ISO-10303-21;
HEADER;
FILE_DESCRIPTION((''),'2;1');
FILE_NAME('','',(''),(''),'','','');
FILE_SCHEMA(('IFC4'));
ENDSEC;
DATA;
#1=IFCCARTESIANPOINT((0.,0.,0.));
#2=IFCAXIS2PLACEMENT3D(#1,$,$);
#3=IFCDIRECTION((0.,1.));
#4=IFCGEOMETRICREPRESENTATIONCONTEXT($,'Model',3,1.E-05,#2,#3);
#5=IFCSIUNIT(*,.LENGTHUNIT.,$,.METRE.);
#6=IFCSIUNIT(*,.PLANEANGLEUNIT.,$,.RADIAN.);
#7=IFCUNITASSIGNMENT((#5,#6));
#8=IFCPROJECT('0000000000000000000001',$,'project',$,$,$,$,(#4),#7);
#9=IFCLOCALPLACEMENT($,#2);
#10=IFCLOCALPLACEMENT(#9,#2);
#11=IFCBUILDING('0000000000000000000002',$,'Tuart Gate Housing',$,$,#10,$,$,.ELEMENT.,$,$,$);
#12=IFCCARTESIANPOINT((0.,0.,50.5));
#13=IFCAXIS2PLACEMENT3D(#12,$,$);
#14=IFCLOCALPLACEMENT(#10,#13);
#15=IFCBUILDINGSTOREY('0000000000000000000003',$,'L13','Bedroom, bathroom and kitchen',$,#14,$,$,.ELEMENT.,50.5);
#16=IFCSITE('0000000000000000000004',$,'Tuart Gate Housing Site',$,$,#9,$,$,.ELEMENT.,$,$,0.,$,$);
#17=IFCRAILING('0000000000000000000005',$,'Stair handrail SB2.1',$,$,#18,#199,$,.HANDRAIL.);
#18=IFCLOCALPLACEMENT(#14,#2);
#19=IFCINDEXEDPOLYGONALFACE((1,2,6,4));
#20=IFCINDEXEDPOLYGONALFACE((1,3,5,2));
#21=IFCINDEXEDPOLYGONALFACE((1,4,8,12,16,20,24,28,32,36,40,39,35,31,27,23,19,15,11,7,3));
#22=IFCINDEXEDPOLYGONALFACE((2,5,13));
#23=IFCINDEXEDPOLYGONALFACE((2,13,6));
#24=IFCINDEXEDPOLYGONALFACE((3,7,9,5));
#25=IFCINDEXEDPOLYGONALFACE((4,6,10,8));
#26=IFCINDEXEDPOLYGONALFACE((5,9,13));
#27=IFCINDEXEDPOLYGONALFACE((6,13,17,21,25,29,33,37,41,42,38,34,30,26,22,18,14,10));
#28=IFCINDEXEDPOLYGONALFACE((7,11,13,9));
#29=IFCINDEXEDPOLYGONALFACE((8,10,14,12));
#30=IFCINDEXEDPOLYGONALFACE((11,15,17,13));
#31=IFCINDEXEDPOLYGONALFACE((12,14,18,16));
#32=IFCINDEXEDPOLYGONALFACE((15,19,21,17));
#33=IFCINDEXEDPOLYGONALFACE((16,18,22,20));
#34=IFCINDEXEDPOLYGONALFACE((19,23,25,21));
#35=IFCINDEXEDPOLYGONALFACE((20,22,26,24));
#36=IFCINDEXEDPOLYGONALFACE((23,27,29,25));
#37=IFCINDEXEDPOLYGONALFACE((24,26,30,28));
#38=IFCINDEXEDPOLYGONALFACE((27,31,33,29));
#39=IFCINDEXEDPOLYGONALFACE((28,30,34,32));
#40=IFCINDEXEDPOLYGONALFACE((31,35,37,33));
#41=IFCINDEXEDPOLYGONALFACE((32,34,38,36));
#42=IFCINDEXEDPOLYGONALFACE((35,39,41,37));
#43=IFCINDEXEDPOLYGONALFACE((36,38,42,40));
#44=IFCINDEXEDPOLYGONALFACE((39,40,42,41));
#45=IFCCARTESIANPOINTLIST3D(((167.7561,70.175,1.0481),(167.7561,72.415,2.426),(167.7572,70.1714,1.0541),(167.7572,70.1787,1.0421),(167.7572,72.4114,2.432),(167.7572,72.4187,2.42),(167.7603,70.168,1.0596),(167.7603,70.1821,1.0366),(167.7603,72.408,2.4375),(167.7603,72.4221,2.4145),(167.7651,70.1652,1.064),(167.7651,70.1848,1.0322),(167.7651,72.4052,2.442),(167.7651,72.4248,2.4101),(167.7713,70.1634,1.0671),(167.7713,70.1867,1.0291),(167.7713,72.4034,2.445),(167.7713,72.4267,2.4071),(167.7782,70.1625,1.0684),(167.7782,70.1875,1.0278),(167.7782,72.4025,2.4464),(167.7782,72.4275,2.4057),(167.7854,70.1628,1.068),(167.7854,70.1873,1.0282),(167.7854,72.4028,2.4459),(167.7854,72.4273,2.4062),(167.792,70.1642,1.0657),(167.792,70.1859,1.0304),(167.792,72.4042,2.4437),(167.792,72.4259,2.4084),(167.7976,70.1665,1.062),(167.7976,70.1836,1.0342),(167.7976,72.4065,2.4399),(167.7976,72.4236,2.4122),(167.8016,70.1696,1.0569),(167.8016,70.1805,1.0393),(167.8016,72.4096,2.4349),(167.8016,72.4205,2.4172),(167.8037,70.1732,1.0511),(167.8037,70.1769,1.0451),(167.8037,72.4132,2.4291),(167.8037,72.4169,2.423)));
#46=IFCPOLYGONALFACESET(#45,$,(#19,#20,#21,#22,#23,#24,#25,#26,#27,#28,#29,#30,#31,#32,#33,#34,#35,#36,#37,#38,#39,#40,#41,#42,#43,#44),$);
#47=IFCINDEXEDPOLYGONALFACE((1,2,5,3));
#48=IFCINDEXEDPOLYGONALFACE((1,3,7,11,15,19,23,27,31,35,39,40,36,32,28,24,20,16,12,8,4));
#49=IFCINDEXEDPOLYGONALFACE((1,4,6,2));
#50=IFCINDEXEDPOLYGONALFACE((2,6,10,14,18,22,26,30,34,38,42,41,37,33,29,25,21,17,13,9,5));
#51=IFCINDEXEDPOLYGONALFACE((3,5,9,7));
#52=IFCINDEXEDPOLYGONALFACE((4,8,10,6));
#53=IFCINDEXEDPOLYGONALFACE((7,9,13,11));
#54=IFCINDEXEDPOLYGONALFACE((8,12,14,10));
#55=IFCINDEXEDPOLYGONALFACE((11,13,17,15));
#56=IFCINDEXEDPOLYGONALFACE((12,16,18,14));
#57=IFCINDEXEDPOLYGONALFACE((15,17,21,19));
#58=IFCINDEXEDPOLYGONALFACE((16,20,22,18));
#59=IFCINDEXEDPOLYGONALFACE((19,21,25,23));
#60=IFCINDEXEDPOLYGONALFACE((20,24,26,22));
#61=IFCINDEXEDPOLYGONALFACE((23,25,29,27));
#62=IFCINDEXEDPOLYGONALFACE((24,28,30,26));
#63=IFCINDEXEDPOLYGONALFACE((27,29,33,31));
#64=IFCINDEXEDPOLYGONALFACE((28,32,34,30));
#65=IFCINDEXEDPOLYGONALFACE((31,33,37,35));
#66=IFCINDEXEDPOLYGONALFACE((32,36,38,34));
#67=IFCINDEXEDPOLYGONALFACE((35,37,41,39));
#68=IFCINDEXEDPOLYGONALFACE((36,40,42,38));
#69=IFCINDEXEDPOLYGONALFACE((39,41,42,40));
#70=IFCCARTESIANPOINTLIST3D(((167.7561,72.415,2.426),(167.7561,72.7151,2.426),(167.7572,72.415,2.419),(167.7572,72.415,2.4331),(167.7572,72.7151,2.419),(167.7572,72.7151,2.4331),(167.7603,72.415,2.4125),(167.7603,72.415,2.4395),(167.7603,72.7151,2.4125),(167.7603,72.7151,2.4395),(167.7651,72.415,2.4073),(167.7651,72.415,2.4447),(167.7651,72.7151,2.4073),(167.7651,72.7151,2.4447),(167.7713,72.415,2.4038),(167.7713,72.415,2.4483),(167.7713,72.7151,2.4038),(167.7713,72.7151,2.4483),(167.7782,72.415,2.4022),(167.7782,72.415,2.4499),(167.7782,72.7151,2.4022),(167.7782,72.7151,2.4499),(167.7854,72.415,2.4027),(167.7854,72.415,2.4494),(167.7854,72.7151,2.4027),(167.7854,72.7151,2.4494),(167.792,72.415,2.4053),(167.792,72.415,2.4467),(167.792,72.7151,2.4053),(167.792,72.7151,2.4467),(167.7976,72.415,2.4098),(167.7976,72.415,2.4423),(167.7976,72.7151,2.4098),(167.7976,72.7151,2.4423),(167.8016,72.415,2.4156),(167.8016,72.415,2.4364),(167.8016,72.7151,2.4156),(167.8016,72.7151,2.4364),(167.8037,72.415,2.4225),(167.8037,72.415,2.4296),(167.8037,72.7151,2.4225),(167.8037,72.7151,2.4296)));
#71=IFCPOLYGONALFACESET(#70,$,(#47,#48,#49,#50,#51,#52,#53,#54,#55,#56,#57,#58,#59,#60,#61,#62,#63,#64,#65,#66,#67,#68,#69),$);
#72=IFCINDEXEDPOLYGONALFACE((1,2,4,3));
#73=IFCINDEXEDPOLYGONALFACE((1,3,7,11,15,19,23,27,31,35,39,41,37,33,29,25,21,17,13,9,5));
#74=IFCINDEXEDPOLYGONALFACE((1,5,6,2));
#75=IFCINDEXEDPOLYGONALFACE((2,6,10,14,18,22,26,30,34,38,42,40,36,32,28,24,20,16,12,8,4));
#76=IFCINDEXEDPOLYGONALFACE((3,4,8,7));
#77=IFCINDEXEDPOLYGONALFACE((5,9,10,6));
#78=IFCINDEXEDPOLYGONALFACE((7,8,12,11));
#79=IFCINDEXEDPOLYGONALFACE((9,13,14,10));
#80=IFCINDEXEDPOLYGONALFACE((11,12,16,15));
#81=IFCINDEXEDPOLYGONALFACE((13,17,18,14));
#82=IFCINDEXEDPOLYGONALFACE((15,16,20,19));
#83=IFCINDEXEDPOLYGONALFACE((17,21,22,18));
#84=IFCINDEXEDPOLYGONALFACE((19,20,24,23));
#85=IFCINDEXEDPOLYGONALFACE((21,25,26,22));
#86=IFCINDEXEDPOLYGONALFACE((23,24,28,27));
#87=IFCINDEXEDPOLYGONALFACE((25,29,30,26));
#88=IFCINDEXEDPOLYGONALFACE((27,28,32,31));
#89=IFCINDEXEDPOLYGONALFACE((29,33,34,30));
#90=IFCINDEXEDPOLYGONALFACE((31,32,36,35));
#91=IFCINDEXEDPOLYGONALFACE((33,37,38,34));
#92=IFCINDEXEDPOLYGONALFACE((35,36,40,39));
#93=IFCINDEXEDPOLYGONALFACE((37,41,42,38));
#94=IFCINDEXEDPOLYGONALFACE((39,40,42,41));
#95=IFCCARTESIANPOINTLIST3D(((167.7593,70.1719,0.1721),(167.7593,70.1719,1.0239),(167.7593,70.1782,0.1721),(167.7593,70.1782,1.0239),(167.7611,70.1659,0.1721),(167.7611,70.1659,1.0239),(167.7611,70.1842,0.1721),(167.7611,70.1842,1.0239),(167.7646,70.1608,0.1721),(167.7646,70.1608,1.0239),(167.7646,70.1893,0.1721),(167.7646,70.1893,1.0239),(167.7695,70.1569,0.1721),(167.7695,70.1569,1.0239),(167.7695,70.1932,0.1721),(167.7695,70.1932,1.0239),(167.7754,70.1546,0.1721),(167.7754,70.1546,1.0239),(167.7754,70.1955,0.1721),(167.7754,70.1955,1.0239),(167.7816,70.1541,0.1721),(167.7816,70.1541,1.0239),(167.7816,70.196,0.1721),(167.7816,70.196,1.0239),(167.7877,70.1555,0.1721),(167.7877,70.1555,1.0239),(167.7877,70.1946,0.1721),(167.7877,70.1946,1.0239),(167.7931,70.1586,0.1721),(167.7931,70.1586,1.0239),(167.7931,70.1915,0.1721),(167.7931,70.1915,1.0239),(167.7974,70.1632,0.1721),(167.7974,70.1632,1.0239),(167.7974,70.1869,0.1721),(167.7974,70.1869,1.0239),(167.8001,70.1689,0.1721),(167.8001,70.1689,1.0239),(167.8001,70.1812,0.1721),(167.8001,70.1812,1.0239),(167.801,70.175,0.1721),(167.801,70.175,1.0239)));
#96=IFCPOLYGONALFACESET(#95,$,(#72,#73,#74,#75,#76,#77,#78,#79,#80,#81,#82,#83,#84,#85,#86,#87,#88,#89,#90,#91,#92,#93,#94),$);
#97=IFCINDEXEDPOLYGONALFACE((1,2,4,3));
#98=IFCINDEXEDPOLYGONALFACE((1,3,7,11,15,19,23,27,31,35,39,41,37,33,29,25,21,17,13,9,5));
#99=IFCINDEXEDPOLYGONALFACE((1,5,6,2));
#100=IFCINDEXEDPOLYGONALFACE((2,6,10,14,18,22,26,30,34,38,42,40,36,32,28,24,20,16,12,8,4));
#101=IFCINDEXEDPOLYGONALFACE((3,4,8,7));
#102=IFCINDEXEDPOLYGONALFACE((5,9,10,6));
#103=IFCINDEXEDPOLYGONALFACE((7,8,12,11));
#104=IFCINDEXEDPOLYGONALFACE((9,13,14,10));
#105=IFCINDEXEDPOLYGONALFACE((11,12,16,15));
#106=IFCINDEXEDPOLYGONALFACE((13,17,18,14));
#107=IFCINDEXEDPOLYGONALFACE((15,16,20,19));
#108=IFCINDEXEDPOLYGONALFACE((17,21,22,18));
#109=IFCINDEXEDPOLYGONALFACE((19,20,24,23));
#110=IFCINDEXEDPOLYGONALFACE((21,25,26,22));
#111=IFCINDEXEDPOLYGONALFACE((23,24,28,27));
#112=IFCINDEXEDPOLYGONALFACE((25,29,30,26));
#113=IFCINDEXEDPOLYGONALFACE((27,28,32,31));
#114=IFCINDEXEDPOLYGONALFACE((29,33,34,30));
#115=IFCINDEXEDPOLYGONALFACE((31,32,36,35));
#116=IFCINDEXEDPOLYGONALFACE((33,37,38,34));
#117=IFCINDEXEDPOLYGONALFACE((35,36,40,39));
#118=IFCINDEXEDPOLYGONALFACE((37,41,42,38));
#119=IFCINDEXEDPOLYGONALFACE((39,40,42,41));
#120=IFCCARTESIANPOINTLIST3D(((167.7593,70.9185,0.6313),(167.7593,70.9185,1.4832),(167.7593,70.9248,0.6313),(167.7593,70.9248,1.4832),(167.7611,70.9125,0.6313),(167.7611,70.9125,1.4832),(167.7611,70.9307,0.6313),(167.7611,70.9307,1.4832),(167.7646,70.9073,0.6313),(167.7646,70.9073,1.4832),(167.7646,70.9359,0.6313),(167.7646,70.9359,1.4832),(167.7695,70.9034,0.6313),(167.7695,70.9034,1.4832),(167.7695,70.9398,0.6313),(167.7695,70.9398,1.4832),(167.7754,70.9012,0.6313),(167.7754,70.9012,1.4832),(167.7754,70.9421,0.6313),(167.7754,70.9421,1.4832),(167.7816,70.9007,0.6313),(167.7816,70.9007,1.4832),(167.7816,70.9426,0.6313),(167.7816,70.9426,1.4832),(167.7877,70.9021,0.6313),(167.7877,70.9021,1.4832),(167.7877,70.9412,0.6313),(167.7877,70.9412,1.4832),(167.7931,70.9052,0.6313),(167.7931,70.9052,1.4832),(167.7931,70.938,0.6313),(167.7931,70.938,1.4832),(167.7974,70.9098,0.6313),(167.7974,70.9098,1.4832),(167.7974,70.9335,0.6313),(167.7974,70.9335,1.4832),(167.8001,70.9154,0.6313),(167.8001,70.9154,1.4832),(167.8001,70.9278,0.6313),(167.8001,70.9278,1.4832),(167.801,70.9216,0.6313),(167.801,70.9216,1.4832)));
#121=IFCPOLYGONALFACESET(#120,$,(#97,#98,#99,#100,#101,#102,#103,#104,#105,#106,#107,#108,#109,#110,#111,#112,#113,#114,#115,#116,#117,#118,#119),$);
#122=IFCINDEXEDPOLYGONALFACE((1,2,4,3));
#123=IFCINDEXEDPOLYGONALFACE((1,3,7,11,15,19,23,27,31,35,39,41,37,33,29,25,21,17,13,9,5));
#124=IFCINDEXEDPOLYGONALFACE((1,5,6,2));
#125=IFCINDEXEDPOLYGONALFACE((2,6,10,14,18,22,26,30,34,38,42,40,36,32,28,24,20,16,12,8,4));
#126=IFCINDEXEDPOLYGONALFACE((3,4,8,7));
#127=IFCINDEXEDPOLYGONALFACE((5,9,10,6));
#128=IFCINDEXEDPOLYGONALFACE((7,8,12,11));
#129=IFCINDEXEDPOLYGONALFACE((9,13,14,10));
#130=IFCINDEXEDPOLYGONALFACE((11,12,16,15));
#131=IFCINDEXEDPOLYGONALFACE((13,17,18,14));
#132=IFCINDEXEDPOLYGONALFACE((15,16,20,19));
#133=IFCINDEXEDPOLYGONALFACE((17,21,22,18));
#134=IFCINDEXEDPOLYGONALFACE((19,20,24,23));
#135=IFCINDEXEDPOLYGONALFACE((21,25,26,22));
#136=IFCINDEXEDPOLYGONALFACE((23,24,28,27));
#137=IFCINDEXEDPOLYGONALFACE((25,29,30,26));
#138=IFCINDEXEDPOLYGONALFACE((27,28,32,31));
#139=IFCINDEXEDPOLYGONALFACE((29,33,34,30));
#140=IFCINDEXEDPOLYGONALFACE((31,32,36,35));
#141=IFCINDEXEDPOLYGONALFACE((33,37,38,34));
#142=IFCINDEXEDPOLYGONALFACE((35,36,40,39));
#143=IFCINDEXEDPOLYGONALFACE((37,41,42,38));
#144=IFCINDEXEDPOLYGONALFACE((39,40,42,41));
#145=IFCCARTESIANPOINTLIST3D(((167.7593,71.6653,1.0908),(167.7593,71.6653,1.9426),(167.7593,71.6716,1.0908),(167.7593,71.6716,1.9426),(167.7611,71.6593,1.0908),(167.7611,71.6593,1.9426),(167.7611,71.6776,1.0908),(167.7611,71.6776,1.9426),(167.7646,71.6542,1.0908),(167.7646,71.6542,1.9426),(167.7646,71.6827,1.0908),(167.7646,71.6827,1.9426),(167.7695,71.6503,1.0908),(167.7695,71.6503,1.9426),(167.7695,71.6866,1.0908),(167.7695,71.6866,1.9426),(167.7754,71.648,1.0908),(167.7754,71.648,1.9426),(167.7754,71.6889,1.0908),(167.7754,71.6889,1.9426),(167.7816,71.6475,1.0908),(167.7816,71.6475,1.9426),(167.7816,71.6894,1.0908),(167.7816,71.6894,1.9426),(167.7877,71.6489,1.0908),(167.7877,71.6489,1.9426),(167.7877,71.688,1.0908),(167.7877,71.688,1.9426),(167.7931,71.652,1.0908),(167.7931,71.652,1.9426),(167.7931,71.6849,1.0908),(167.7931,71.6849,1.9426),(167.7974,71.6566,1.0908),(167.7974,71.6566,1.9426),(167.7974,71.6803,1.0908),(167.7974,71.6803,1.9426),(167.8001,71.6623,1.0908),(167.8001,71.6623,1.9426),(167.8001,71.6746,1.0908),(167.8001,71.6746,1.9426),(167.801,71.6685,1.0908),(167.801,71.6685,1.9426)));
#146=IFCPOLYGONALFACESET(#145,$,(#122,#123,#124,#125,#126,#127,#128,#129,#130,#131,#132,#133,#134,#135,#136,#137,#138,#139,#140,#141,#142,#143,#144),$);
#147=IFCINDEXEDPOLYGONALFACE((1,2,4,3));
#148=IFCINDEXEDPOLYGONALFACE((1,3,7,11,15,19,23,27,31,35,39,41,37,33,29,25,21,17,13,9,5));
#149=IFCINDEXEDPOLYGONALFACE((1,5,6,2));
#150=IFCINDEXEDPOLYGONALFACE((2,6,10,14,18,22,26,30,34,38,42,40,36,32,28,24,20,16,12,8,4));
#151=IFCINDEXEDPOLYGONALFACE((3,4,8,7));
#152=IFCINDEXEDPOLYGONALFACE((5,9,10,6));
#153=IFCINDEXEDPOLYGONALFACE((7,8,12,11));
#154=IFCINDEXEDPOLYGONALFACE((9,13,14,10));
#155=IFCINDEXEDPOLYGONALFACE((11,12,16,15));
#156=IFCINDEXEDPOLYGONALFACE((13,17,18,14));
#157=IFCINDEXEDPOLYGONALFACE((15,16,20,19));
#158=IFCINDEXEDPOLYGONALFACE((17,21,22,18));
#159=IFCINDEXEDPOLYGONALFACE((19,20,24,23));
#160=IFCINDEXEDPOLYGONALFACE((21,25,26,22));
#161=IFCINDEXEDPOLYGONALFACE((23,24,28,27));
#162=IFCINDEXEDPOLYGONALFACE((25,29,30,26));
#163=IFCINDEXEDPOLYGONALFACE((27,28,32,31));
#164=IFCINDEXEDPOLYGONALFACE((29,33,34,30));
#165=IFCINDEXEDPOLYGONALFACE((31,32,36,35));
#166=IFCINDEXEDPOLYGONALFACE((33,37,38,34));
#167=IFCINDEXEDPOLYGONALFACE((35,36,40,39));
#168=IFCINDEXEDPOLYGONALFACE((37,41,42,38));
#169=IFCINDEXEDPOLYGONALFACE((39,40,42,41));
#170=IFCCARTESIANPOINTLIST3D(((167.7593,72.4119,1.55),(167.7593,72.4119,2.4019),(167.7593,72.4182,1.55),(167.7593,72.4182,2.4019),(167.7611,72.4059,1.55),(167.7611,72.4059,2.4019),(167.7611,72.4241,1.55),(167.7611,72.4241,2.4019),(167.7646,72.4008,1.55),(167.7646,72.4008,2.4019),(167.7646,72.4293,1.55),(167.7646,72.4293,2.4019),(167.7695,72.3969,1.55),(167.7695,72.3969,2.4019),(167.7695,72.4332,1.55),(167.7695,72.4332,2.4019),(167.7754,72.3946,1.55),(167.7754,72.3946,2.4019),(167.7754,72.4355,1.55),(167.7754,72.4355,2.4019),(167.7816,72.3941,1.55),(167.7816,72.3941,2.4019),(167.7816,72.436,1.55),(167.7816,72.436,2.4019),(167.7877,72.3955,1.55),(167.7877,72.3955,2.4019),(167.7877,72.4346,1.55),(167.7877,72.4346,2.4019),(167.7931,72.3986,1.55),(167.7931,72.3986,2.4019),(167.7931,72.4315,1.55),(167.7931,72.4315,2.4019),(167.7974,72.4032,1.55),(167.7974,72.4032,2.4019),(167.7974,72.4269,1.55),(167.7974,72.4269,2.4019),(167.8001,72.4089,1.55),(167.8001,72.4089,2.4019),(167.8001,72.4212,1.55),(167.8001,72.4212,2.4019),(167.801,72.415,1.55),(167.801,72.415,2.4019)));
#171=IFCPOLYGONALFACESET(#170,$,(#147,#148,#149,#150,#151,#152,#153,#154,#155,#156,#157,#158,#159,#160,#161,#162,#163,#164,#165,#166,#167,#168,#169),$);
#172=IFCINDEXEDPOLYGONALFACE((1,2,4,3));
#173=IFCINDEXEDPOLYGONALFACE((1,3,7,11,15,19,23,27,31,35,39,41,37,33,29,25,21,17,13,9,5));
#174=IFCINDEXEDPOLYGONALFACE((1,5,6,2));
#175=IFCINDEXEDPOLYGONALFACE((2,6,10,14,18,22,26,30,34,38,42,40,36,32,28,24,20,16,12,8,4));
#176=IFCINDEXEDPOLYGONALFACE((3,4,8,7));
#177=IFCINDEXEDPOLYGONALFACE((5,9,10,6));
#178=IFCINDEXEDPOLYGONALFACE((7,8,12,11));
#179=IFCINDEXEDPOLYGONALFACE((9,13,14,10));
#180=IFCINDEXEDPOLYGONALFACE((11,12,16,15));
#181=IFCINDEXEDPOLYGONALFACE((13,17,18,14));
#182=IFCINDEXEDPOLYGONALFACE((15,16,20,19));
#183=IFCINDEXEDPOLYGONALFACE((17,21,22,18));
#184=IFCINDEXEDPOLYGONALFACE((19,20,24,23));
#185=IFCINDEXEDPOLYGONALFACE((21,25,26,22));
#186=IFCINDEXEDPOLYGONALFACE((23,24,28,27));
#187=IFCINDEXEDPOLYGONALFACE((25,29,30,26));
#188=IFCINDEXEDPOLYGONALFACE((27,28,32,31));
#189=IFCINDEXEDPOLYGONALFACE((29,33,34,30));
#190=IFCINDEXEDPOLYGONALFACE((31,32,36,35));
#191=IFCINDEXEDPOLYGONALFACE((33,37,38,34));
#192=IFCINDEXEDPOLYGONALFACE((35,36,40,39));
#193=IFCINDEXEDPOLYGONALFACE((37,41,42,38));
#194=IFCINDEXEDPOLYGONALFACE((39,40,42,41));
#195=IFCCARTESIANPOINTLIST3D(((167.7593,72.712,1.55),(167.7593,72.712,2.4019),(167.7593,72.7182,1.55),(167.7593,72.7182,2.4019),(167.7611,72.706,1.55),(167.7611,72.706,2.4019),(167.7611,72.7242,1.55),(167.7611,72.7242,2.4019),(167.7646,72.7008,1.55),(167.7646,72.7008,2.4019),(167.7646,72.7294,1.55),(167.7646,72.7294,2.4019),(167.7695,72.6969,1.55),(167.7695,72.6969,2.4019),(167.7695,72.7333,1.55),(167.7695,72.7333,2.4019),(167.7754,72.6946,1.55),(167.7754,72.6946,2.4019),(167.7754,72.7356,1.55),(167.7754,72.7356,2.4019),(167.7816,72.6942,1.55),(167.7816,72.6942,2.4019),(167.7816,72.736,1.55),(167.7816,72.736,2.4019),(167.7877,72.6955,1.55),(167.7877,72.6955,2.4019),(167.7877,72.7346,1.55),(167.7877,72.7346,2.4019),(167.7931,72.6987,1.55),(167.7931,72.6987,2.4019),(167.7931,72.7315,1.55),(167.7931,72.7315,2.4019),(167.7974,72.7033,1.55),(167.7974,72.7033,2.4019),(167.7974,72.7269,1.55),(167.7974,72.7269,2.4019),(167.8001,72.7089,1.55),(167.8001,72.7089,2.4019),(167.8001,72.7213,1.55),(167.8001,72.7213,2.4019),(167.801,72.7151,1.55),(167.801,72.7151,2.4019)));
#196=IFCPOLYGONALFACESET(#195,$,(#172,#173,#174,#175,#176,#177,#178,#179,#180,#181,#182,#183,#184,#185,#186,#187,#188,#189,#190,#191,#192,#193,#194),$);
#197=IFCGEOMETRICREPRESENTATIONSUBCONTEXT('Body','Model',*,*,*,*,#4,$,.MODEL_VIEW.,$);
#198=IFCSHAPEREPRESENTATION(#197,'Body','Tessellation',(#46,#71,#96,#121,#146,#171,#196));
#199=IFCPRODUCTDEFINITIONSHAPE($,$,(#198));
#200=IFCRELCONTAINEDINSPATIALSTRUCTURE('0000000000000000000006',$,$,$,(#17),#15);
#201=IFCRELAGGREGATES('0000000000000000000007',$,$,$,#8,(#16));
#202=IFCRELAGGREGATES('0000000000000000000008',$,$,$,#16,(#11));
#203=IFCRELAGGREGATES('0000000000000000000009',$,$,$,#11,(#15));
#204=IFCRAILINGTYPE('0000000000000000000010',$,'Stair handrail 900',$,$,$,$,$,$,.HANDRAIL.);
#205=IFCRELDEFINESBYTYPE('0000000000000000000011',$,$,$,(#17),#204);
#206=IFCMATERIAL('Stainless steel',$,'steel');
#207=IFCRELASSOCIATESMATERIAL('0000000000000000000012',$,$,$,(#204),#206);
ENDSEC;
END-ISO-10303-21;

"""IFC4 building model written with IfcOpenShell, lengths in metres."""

from ifc_helpers import new_model, si_unit, direction, frame, origin, origin_2d, place, context, subcontext, project, spatial, circle, extrude, material, type_object, element, save


model = new_model("IFC4")

# Units and contexts
model_context = context("Model", 3, precision=1e-05, world=origin(), true_north=direction((0.0, 1.0)))
body_context = subcontext(model_context, "Body", "Model", "MODEL_VIEW")
ifc_project = project(units=[si_unit("LENGTHUNIT", "METRE"), si_unit("PLANEANGLEUNIT", "RADIAN")], contexts=[model_context])

# Site, building, storey
site_placement = place(None, origin())
site = spatial("IfcSite", under=ifc_project, at=site_placement, Name="Tuart Gate Housing Site", CompositionType="ELEMENT", RefElevation=0.0)
building_placement = place(site_placement, origin())
building = spatial("IfcBuilding", under=site, at=building_placement, Name="Tuart Gate Housing", CompositionType="ELEMENT")
storey_placement = place(building_placement, frame((0.0, 0.0, 50.5)))
storey = spatial("IfcBuildingStorey", under=building, at=storey_placement, Name="L13", Description="Bedroom, bathroom and kitchen", CompositionType="ELEMENT", Elevation=50.5)

# Railing
ifc_material_1 = material(Name="Stainless steel", Category="steel")
railing_type = type_object("IfcRailingType", Name="Stair handrail 900", PredefinedType="HANDRAIL", material=ifc_material_1)
railing_placement = place(storey_placement, frame((167.78, 70.175, 0.1721)))
element("IfcRailing", 1, at=railing_placement, inside=storey, type_object=railing_type, Name="Stair handrail SB2.1", PredefinedType="HANDRAIL", context=body_context, shape_type="SweptSolid", body=[
    extrude(circle(Radius=0.0239, at=origin_2d()), frame((0.0, 0.0, 0.876), z_axis=(0.0, 0.851748, 0.523952), x_axis=(-1.0, 0.0, 0.0)), (0.0, 0.0, 1.0), 2.6299),
    extrude(circle(Radius=0.0239, at=origin_2d()), frame((0.0, 2.24, 2.2539), z_axis=(0.0, 1.0, 0.0), x_axis=(-1.0, 0.0, 0.0)), (0.0, 0.0, 1.0), 0.3),
    extrude(circle(Radius=0.021, at=origin_2d()), origin(), (0.0, 0.0, 1.0), 0.8518),
    extrude(circle(Radius=0.021, at=origin_2d()), frame((0.0, 0.7466, 0.4592)), (0.0, 0.0, 1.0), 0.8518),
    extrude(circle(Radius=0.021, at=origin_2d()), frame((0.0, 1.4934, 0.9187)), (0.0, 0.0, 1.0), 0.8518),
    extrude(circle(Radius=0.021, at=origin_2d()), frame((0.0, 2.24, 1.3779)), (0.0, 0.0, 1.0), 0.8518),
    extrude(circle(Radius=0.021, at=origin_2d()), frame((0.0, 2.54, 1.3779)), (0.0, 0.0, 1.0), 0.8518),
])

save(model, "model.ifc")
